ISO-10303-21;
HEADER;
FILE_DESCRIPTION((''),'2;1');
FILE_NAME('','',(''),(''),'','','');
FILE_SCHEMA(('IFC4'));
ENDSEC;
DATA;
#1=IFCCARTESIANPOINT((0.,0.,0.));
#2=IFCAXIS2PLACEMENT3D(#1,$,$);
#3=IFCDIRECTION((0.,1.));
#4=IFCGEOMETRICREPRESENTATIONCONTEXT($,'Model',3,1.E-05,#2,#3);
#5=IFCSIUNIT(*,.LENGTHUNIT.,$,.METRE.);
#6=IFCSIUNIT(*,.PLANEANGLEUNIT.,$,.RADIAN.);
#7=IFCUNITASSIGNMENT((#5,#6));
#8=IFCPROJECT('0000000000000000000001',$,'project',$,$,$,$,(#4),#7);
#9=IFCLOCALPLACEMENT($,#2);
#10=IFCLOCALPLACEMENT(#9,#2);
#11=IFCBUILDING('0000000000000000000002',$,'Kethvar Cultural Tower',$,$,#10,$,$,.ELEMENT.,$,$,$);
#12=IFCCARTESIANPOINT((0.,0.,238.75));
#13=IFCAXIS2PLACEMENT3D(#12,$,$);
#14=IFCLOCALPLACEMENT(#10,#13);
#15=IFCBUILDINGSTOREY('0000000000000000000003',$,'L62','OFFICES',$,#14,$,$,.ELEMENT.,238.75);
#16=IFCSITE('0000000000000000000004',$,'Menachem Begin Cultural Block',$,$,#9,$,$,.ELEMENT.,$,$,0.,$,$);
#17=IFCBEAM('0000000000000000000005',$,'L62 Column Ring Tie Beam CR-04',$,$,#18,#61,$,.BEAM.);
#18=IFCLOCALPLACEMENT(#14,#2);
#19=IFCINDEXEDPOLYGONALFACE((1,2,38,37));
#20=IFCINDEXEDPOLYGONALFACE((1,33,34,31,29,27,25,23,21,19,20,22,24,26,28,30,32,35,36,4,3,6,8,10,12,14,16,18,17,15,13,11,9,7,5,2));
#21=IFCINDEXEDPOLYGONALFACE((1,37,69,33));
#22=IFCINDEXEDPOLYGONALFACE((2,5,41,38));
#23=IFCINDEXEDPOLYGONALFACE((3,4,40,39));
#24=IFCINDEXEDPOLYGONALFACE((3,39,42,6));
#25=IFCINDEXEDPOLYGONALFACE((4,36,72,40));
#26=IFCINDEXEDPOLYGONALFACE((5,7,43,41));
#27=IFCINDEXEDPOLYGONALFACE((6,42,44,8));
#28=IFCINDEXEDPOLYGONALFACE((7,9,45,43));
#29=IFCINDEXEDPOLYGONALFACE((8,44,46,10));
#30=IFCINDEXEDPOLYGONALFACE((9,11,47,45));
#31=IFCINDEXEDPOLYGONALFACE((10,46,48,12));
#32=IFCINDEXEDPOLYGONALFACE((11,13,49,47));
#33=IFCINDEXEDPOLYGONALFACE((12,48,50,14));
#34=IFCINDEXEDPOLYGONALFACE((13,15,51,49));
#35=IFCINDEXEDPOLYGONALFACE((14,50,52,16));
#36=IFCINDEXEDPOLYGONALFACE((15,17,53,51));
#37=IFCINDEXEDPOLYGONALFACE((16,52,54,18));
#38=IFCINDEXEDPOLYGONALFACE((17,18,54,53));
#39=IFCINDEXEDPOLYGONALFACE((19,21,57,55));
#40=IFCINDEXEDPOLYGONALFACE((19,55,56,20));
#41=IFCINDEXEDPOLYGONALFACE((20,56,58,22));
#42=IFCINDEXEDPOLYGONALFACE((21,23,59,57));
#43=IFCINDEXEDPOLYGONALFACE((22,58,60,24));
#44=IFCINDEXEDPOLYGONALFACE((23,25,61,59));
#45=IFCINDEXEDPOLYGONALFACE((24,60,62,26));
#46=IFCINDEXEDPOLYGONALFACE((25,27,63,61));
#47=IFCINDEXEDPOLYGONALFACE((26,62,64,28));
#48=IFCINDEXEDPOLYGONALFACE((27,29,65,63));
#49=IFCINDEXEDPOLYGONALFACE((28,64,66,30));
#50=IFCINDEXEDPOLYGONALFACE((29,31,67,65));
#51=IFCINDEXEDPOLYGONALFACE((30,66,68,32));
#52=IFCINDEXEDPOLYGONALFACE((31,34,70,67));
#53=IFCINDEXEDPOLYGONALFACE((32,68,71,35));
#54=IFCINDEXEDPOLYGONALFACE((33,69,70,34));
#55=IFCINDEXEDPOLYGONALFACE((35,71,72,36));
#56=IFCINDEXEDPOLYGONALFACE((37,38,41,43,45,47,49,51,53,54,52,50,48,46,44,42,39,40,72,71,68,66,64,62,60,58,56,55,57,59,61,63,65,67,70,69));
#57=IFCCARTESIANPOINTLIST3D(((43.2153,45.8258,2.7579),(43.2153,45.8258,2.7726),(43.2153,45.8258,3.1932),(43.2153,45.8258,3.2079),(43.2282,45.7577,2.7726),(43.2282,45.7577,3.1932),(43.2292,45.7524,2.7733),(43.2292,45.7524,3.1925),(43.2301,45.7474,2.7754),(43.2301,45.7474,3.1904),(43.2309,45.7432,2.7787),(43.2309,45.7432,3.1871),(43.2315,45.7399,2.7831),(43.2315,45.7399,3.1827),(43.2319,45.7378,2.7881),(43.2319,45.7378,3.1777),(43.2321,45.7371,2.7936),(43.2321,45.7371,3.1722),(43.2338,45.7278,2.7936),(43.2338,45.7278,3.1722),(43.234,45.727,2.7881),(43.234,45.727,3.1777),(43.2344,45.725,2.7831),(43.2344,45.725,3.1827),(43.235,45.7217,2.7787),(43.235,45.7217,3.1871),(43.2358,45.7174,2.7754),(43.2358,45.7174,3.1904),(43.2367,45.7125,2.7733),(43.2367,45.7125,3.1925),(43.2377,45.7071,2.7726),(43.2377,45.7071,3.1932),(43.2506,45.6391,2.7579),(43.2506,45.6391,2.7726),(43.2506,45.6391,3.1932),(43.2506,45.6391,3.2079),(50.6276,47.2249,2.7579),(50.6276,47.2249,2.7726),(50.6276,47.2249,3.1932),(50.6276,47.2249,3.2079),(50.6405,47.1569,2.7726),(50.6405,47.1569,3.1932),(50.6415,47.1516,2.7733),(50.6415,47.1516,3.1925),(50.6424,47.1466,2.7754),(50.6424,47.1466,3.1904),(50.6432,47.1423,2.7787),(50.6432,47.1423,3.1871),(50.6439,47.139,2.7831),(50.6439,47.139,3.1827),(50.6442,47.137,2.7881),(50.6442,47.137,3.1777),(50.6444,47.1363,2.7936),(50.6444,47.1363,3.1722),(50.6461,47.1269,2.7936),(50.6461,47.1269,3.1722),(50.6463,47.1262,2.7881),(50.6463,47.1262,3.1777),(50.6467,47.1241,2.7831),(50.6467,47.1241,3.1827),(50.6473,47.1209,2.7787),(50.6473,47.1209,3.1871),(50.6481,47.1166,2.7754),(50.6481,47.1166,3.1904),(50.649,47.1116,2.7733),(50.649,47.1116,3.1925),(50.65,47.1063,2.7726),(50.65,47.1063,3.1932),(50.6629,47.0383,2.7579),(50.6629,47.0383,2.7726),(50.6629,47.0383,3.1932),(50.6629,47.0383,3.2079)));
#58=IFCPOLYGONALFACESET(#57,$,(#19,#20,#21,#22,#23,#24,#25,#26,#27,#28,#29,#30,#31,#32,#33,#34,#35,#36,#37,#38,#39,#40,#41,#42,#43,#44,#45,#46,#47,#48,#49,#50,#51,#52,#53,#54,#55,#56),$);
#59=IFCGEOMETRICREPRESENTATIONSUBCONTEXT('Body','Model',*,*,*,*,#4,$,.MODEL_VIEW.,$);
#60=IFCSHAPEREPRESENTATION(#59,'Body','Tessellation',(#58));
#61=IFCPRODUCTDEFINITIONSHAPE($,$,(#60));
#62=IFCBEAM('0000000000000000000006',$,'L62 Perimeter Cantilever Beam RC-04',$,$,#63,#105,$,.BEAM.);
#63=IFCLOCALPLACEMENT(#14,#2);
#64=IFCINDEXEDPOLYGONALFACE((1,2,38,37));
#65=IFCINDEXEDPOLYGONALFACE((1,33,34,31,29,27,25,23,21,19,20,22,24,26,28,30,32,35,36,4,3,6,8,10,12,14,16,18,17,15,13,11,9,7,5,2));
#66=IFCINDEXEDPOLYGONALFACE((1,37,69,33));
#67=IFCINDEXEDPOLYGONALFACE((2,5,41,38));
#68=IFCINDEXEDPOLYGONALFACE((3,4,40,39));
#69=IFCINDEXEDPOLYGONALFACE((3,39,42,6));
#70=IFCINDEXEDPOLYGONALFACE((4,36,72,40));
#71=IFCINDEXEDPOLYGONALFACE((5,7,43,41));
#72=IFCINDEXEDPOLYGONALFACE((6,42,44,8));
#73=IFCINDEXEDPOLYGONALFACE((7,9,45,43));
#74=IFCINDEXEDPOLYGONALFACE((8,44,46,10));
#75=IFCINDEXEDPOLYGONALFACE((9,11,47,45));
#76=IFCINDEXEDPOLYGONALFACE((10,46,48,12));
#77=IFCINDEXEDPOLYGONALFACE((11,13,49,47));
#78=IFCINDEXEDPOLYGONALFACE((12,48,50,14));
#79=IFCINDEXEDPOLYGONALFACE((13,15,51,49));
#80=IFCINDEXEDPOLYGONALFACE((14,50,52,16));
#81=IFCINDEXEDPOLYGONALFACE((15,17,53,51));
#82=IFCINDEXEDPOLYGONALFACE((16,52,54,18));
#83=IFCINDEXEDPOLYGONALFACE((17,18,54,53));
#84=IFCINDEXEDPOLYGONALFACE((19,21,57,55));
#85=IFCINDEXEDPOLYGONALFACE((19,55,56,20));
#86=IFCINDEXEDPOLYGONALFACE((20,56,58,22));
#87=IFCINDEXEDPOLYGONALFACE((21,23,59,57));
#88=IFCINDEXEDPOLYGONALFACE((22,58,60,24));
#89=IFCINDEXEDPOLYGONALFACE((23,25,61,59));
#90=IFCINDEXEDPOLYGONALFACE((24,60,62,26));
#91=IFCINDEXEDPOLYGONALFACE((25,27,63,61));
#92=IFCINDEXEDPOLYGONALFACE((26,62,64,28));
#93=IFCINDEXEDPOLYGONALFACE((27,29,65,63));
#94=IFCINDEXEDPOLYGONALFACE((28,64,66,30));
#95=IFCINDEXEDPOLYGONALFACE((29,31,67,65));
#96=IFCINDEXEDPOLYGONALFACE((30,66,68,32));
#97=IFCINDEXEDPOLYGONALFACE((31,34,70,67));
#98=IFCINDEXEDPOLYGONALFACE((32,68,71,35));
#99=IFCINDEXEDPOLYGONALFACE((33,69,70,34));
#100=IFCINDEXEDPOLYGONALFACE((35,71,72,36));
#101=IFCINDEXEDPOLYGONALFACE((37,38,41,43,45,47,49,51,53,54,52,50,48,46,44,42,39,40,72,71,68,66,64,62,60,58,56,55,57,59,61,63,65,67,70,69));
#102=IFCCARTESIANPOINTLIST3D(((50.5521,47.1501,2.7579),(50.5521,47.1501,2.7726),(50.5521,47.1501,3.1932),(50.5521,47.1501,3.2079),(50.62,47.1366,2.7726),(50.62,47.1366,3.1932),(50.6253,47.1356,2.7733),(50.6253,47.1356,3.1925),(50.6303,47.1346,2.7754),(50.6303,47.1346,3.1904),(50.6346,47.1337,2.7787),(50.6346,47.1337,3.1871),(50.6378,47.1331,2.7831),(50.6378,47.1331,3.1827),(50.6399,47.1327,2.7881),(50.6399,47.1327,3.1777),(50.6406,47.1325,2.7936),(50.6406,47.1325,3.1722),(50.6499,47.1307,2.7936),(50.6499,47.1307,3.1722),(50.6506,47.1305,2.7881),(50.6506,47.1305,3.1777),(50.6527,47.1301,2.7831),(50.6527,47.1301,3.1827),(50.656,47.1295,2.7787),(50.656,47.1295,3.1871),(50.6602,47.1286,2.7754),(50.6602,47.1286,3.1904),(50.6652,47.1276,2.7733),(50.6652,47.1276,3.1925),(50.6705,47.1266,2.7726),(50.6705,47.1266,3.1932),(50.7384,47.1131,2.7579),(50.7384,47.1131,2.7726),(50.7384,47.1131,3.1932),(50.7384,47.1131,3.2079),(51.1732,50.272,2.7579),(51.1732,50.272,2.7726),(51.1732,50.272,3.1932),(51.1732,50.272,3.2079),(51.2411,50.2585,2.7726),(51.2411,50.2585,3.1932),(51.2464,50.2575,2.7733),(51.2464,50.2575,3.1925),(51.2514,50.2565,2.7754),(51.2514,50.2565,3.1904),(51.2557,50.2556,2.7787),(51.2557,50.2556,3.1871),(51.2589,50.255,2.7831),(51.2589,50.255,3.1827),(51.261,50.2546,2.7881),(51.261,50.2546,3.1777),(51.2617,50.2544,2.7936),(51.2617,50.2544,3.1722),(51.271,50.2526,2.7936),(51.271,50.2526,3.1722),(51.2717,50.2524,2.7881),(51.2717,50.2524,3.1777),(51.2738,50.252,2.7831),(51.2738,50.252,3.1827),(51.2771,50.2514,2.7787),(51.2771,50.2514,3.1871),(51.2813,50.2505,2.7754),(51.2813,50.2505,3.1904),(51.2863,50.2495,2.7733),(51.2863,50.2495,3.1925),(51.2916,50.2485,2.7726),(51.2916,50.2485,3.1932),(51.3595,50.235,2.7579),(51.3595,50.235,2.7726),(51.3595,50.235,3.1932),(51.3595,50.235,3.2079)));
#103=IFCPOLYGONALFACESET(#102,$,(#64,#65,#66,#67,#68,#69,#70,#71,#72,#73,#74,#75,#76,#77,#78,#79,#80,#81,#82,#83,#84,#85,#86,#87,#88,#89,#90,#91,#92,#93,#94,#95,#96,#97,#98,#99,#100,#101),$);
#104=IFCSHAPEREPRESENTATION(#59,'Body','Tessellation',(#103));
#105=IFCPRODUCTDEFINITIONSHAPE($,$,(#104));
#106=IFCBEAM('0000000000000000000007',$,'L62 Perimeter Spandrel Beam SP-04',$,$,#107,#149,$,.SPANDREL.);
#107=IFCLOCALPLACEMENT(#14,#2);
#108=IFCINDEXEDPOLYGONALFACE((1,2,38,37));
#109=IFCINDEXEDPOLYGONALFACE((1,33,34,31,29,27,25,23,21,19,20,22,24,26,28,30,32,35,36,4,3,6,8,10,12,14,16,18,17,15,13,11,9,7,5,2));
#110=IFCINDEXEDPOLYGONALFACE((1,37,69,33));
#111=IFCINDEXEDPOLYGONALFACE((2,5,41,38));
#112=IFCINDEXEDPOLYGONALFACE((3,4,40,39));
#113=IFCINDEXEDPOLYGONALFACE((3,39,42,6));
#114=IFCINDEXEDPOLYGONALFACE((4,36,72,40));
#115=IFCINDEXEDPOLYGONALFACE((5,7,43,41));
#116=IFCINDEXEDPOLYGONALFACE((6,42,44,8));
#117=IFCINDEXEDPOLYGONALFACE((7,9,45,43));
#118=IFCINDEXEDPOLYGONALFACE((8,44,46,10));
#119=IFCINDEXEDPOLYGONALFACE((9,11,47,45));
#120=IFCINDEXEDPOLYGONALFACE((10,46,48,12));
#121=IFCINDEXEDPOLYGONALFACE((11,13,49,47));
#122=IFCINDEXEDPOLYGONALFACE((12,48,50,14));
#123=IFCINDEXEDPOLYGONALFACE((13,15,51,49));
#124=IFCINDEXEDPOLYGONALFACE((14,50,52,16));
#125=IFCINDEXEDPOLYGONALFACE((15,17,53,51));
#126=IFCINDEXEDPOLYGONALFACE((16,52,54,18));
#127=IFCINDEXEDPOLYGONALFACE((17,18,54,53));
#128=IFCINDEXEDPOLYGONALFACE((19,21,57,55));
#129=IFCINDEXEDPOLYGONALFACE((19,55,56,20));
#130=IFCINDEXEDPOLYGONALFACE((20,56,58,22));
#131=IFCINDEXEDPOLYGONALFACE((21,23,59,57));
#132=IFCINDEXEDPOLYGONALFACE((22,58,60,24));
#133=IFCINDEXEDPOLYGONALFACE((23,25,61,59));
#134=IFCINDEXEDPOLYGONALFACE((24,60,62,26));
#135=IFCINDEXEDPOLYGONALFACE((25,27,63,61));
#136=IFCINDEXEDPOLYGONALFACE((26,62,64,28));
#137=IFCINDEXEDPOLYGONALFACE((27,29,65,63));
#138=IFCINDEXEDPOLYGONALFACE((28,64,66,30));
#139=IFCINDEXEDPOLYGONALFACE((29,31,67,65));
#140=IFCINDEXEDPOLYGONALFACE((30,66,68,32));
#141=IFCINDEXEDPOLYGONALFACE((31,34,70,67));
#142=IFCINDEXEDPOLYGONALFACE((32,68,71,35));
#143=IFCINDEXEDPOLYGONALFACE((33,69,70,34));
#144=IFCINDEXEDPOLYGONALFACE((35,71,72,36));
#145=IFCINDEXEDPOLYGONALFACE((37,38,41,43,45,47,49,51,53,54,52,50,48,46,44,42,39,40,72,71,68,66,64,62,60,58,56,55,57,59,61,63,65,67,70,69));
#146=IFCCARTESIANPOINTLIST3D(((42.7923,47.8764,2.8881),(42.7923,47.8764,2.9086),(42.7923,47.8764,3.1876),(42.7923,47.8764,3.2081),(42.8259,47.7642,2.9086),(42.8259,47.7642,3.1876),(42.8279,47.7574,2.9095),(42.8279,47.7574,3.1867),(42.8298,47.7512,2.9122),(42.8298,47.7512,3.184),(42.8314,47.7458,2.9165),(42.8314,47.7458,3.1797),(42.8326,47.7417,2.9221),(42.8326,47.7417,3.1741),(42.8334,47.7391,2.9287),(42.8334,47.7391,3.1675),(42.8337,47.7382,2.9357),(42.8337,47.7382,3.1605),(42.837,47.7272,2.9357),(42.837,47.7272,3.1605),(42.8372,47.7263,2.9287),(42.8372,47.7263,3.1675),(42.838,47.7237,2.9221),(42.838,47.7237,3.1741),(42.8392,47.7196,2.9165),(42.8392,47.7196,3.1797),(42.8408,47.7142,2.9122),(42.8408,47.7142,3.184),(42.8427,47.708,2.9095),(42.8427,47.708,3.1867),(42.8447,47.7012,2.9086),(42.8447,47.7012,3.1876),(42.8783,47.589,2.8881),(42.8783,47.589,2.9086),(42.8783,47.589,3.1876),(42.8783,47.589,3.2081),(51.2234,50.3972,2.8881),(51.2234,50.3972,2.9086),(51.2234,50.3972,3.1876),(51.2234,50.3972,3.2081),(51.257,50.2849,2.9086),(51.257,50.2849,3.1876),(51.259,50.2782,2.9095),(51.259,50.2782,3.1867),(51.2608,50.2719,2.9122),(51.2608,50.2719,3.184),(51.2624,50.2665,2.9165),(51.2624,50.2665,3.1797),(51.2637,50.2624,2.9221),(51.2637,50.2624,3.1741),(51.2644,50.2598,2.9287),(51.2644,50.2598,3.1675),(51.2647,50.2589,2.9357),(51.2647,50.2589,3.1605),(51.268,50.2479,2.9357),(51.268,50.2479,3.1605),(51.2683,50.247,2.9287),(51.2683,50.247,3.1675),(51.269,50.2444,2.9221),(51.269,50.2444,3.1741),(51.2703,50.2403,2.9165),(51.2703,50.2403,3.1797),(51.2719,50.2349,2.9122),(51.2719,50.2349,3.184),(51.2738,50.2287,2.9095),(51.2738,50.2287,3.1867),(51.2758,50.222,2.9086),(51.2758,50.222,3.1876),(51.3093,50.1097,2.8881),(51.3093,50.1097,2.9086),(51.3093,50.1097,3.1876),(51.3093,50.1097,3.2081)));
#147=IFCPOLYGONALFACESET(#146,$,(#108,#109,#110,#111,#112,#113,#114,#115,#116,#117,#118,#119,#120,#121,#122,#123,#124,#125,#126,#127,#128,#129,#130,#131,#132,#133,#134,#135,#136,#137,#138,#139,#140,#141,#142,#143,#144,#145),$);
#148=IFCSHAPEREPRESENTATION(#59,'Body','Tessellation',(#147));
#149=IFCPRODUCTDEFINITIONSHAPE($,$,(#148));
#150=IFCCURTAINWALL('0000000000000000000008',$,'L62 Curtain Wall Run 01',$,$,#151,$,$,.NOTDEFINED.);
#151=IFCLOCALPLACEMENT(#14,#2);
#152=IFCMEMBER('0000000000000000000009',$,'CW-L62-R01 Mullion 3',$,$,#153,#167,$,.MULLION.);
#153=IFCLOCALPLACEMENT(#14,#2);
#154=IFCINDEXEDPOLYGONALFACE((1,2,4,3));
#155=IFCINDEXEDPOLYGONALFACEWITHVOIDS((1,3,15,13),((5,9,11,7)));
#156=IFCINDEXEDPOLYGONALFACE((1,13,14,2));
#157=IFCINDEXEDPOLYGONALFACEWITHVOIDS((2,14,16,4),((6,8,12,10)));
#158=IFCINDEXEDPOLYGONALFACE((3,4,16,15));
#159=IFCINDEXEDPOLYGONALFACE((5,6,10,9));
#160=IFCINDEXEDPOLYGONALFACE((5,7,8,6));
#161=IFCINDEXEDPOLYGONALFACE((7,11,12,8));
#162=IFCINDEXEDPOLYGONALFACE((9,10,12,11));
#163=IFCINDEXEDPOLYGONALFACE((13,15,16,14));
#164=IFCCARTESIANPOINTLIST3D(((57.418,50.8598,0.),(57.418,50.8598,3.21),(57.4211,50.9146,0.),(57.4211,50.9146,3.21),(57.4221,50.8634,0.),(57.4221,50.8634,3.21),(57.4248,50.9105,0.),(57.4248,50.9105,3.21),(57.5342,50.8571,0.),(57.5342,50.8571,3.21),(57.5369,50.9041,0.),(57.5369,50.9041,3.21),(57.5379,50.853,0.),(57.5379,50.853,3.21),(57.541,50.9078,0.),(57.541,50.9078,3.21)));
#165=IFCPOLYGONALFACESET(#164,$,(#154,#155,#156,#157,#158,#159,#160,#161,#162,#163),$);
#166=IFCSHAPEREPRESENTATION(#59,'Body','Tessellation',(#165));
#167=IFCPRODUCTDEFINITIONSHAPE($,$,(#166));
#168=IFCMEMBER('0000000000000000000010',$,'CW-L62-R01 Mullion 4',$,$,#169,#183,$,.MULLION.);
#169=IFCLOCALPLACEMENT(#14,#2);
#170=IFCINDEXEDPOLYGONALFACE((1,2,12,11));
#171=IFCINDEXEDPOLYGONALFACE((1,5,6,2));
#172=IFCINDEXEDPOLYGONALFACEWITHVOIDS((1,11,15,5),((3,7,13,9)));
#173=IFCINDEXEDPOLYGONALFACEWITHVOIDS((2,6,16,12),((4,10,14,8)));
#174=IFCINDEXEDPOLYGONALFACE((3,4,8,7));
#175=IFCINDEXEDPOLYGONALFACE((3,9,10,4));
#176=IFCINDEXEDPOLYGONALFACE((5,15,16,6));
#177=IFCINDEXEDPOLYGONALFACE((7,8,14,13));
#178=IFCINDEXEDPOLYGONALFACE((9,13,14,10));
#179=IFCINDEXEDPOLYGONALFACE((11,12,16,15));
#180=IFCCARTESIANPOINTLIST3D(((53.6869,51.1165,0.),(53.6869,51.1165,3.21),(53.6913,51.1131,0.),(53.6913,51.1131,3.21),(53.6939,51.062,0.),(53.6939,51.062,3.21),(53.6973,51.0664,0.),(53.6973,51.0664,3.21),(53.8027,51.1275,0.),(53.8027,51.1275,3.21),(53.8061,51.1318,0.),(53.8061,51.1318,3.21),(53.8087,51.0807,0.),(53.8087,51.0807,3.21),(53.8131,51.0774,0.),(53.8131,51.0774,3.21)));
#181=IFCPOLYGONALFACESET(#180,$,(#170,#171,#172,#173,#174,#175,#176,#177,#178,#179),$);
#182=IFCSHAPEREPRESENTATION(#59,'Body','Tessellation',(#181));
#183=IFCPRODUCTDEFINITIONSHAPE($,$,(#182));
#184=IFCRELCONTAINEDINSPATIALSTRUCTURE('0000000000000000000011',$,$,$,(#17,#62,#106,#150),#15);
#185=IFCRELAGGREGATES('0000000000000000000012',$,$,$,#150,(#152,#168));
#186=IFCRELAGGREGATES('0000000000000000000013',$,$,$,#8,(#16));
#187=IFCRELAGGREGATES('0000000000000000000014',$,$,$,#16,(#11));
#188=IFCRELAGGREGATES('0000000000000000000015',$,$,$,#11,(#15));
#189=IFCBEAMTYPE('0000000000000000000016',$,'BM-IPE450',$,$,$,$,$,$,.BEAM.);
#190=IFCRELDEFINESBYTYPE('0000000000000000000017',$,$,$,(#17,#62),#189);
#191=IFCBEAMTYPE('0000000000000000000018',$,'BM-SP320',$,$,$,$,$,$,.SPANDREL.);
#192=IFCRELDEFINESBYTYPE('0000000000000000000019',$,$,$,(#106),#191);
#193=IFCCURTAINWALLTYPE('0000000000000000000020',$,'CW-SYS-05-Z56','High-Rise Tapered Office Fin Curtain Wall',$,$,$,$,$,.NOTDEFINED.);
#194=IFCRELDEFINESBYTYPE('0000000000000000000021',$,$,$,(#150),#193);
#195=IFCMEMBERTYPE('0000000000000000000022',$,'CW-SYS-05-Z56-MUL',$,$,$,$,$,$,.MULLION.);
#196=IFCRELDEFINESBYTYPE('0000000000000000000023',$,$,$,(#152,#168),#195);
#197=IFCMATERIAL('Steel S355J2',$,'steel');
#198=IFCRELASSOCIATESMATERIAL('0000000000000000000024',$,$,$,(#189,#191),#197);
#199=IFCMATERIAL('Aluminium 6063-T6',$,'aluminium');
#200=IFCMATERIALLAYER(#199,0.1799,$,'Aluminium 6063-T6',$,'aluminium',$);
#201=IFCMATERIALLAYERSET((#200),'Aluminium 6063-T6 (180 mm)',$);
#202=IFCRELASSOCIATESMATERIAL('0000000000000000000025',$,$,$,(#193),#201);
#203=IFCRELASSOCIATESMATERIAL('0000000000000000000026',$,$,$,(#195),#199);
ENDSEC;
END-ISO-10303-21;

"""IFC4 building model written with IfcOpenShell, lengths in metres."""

from ifc_helpers import new_model, si_unit, direction, frame, origin, origin_2d, place, context, subcontext, project, spatial, hollow_rectangle, i_section, extrude, source, transform, mapped, material, layer, layer_set, material_profile, profile_set, type_object, element, aggregate, save


model = new_model("IFC4")

# Units and contexts
model_context = context("Model", 3, precision=1e-05, world=origin(), true_north=direction((0.0, 1.0)))
body_context = subcontext(model_context, "Body", "Model", "MODEL_VIEW")
ifc_project = project(units=[si_unit("LENGTHUNIT", "METRE"), si_unit("PLANEANGLEUNIT", "RADIAN")], contexts=[model_context])

# Site, building, storey
site_placement = place(None, origin())
site = spatial("IfcSite", under=ifc_project, at=site_placement, Name="Menachem Begin Cultural Block", CompositionType="ELEMENT", RefElevation=0.0)
building_placement = place(site_placement, origin())
building = spatial("IfcBuilding", under=site, at=building_placement, Name="Kethvar Cultural Tower", CompositionType="ELEMENT")
storey_placement = place(building_placement, frame((0.0, 0.0, 238.75)))
storey = spatial("IfcBuildingStorey", under=building, at=storey_placement, Name="L62", Description="OFFICES", CompositionType="ELEMENT", Elevation=238.75)

# Beams
ifc_material_1 = material(Name="Steel S355J2", Category="steel")
ifc_material_profile_1 = material_profile(ifc_material_1, i_section(OverallWidth=0.1899, OverallDepth=0.45, WebThickness=0.0095, FlangeThickness=0.0146, FilletRadius=0.021, at=origin_2d()), Name="Steel S355J2 — IPE450")
ifc_profile_set_1 = profile_set([ifc_material_profile_1], Name="Steel S355J2 — IPE450")
beam_type_1 = type_object("IfcBeamType", Name="BM-IPE450", PredefinedType="BEAM", material=ifc_profile_set_1)
shared_shape_1 = source(origin(), body_context, "Body", "SweptSolid", [
    extrude(i_section(OverallWidth=0.1899, OverallDepth=0.45, WebThickness=0.0095, FlangeThickness=0.0146, FilletRadius=0.021, at=origin_2d()), origin(), (0.0, 0.0, 1.0), 7.5432),
])
beam_1_placement = place(storey_placement, frame((50.6453, 47.1316, 2.9829), z_axis=(-0.982647, -0.185486, 0.0), x_axis=(0.185486, -0.982647, 0.0)))
element("IfcBeam", 1, at=beam_1_placement, inside=storey, type_object=beam_type_1, Name="L62 Column Ring Tie Beam CR-04", PredefinedType="BEAM", context=body_context, shape_type="MappedRepresentation", body=[
    mapped(shared_shape_1, transform((0.0, 0.0, 0.0), scale=1.0)),
])
shared_shape_2 = source(origin(), body_context, "Body", "SweptSolid", [
    extrude(i_section(OverallWidth=0.1899, OverallDepth=0.45, WebThickness=0.0095, FlangeThickness=0.0146, FilletRadius=0.021, at=origin_2d()), origin(), (0.0, 0.0, 1.0), 3.1831),
])
beam_2_placement = place(storey_placement, frame((50.6453, 47.1316, 2.9829), z_axis=(0.195128, 0.980778, 0.0), x_axis=(-0.980778, 0.195128, 0.0)))
element("IfcBeam", 2, at=beam_2_placement, inside=storey, type_object=beam_type_1, Name="L62 Perimeter Cantilever Beam RC-04", PredefinedType="BEAM", context=body_context, shape_type="MappedRepresentation", body=[
    mapped(shared_shape_2, transform((0.0, 0.0, 0.0), scale=1.0)),
])
ifc_material_profile_2 = material_profile(ifc_material_1, i_section(OverallWidth=0.3, OverallDepth=0.3201, WebThickness=0.0115, FlangeThickness=0.0205, FilletRadius=0.0271, at=origin_2d()), Name="Steel S355J2 — HEB320")
ifc_profile_set_2 = profile_set([ifc_material_profile_2], Name="Steel S355J2 — HEB320")
beam_type_2 = type_object("IfcBeamType", Name="BM-SP320", PredefinedType="SPANDREL", material=ifc_profile_set_2)
shared_shape_3 = source(origin(), body_context, "Body", "SweptSolid", [
    extrude(i_section(OverallWidth=0.3, OverallDepth=0.3201, WebThickness=0.0115, FlangeThickness=0.0205, FilletRadius=0.0271, at=origin_2d()), origin(), (0.0, 0.0, 1.0), 8.7998),
])
beam_3_placement = place(storey_placement, frame((51.2664, 50.2534, 3.0481), z_axis=(-0.958095, -0.286452, 0.0), x_axis=(0.286452, -0.958095, 0.0)))
element("IfcBeam", 3, at=beam_3_placement, inside=storey, type_object=beam_type_2, Name="L62 Perimeter Spandrel Beam SP-04", PredefinedType="SPANDREL", context=body_context, shape_type="MappedRepresentation", body=[
    mapped(shared_shape_3, transform((0.0, 0.0, 0.0), scale=1.0)),
])

# Curtain wall, members
ifc_material_2 = material(Name="Aluminium 6063-T6", Category="aluminium")
ifc_layer_1 = layer(ifc_material_2, 0.1799, Name="Aluminium 6063-T6", Category="aluminium")
ifc_layer_set_1 = layer_set([ifc_layer_1], Name="Aluminium 6063-T6 (180 mm)")
curtain_wall_type = type_object("IfcCurtainWallType", Name="CW-SYS-05-Z56", Description="High-Rise Tapered Office Fin Curtain Wall", PredefinedType="NOTDEFINED", material=ifc_layer_set_1)
curtain_wall_placement = place(storey_placement, origin())
curtain_wall = element("IfcCurtainWall", 4, at=curtain_wall_placement, inside=storey, type_object=curtain_wall_type, Name="L62 Curtain Wall Run 01", PredefinedType="NOTDEFINED")
ifc_material_profile_3 = material_profile(ifc_material_2, hollow_rectangle(XDim=0.0549, YDim=0.1201, WallThickness=0.0039, at=origin_2d()), Name="Aluminium 6063-T6 — RHS120x55x4")
ifc_profile_set_3 = profile_set([ifc_material_profile_3], Name="Aluminium 6063-T6 — RHS120x55x4")
member_type_1 = type_object("IfcMemberType", Name="CW-SYS-05-Z56-MUL", PredefinedType="MULLION", material=ifc_profile_set_3)
shared_shape_4 = source(origin(), body_context, "Body", "SweptSolid", [
    extrude(hollow_rectangle(XDim=0.0549, YDim=0.1201, WallThickness=0.0039, at=origin_2d()), origin(), (0.0, 0.0, 1.0), 3.21),
])
member_1_placement = place(storey_placement, frame((57.4795, 50.8838, 0.0), z_axis=(0.0, 0.0, 1.0), x_axis=(-0.056588, -0.998398, 0.0)))
member_1 = element("IfcMember", 5, at=member_1_placement, type_object=member_type_1, Name="CW-L62-R01 Mullion 3", PredefinedType="MULLION", context=body_context, shape_type="MappedRepresentation", body=[
    mapped(shared_shape_4, transform((0.0, 0.0, 0.0), scale=1.0)),
])
member_2_placement = place(storey_placement, frame((53.75, 51.0969, 0.0), z_axis=(0.0, 0.0, 1.0), x_axis=(0.127722, -0.99181, 0.0)))
member_2 = element("IfcMember", 6, at=member_2_placement, type_object=member_type_1, Name="CW-L62-R01 Mullion 4", PredefinedType="MULLION", context=body_context, shape_type="MappedRepresentation", body=[
    mapped(shared_shape_4, transform((0.0, 0.0, 0.0), scale=1.0)),
])
aggregate(curtain_wall, [member_1, member_2])

save(model, "model.ifc")
